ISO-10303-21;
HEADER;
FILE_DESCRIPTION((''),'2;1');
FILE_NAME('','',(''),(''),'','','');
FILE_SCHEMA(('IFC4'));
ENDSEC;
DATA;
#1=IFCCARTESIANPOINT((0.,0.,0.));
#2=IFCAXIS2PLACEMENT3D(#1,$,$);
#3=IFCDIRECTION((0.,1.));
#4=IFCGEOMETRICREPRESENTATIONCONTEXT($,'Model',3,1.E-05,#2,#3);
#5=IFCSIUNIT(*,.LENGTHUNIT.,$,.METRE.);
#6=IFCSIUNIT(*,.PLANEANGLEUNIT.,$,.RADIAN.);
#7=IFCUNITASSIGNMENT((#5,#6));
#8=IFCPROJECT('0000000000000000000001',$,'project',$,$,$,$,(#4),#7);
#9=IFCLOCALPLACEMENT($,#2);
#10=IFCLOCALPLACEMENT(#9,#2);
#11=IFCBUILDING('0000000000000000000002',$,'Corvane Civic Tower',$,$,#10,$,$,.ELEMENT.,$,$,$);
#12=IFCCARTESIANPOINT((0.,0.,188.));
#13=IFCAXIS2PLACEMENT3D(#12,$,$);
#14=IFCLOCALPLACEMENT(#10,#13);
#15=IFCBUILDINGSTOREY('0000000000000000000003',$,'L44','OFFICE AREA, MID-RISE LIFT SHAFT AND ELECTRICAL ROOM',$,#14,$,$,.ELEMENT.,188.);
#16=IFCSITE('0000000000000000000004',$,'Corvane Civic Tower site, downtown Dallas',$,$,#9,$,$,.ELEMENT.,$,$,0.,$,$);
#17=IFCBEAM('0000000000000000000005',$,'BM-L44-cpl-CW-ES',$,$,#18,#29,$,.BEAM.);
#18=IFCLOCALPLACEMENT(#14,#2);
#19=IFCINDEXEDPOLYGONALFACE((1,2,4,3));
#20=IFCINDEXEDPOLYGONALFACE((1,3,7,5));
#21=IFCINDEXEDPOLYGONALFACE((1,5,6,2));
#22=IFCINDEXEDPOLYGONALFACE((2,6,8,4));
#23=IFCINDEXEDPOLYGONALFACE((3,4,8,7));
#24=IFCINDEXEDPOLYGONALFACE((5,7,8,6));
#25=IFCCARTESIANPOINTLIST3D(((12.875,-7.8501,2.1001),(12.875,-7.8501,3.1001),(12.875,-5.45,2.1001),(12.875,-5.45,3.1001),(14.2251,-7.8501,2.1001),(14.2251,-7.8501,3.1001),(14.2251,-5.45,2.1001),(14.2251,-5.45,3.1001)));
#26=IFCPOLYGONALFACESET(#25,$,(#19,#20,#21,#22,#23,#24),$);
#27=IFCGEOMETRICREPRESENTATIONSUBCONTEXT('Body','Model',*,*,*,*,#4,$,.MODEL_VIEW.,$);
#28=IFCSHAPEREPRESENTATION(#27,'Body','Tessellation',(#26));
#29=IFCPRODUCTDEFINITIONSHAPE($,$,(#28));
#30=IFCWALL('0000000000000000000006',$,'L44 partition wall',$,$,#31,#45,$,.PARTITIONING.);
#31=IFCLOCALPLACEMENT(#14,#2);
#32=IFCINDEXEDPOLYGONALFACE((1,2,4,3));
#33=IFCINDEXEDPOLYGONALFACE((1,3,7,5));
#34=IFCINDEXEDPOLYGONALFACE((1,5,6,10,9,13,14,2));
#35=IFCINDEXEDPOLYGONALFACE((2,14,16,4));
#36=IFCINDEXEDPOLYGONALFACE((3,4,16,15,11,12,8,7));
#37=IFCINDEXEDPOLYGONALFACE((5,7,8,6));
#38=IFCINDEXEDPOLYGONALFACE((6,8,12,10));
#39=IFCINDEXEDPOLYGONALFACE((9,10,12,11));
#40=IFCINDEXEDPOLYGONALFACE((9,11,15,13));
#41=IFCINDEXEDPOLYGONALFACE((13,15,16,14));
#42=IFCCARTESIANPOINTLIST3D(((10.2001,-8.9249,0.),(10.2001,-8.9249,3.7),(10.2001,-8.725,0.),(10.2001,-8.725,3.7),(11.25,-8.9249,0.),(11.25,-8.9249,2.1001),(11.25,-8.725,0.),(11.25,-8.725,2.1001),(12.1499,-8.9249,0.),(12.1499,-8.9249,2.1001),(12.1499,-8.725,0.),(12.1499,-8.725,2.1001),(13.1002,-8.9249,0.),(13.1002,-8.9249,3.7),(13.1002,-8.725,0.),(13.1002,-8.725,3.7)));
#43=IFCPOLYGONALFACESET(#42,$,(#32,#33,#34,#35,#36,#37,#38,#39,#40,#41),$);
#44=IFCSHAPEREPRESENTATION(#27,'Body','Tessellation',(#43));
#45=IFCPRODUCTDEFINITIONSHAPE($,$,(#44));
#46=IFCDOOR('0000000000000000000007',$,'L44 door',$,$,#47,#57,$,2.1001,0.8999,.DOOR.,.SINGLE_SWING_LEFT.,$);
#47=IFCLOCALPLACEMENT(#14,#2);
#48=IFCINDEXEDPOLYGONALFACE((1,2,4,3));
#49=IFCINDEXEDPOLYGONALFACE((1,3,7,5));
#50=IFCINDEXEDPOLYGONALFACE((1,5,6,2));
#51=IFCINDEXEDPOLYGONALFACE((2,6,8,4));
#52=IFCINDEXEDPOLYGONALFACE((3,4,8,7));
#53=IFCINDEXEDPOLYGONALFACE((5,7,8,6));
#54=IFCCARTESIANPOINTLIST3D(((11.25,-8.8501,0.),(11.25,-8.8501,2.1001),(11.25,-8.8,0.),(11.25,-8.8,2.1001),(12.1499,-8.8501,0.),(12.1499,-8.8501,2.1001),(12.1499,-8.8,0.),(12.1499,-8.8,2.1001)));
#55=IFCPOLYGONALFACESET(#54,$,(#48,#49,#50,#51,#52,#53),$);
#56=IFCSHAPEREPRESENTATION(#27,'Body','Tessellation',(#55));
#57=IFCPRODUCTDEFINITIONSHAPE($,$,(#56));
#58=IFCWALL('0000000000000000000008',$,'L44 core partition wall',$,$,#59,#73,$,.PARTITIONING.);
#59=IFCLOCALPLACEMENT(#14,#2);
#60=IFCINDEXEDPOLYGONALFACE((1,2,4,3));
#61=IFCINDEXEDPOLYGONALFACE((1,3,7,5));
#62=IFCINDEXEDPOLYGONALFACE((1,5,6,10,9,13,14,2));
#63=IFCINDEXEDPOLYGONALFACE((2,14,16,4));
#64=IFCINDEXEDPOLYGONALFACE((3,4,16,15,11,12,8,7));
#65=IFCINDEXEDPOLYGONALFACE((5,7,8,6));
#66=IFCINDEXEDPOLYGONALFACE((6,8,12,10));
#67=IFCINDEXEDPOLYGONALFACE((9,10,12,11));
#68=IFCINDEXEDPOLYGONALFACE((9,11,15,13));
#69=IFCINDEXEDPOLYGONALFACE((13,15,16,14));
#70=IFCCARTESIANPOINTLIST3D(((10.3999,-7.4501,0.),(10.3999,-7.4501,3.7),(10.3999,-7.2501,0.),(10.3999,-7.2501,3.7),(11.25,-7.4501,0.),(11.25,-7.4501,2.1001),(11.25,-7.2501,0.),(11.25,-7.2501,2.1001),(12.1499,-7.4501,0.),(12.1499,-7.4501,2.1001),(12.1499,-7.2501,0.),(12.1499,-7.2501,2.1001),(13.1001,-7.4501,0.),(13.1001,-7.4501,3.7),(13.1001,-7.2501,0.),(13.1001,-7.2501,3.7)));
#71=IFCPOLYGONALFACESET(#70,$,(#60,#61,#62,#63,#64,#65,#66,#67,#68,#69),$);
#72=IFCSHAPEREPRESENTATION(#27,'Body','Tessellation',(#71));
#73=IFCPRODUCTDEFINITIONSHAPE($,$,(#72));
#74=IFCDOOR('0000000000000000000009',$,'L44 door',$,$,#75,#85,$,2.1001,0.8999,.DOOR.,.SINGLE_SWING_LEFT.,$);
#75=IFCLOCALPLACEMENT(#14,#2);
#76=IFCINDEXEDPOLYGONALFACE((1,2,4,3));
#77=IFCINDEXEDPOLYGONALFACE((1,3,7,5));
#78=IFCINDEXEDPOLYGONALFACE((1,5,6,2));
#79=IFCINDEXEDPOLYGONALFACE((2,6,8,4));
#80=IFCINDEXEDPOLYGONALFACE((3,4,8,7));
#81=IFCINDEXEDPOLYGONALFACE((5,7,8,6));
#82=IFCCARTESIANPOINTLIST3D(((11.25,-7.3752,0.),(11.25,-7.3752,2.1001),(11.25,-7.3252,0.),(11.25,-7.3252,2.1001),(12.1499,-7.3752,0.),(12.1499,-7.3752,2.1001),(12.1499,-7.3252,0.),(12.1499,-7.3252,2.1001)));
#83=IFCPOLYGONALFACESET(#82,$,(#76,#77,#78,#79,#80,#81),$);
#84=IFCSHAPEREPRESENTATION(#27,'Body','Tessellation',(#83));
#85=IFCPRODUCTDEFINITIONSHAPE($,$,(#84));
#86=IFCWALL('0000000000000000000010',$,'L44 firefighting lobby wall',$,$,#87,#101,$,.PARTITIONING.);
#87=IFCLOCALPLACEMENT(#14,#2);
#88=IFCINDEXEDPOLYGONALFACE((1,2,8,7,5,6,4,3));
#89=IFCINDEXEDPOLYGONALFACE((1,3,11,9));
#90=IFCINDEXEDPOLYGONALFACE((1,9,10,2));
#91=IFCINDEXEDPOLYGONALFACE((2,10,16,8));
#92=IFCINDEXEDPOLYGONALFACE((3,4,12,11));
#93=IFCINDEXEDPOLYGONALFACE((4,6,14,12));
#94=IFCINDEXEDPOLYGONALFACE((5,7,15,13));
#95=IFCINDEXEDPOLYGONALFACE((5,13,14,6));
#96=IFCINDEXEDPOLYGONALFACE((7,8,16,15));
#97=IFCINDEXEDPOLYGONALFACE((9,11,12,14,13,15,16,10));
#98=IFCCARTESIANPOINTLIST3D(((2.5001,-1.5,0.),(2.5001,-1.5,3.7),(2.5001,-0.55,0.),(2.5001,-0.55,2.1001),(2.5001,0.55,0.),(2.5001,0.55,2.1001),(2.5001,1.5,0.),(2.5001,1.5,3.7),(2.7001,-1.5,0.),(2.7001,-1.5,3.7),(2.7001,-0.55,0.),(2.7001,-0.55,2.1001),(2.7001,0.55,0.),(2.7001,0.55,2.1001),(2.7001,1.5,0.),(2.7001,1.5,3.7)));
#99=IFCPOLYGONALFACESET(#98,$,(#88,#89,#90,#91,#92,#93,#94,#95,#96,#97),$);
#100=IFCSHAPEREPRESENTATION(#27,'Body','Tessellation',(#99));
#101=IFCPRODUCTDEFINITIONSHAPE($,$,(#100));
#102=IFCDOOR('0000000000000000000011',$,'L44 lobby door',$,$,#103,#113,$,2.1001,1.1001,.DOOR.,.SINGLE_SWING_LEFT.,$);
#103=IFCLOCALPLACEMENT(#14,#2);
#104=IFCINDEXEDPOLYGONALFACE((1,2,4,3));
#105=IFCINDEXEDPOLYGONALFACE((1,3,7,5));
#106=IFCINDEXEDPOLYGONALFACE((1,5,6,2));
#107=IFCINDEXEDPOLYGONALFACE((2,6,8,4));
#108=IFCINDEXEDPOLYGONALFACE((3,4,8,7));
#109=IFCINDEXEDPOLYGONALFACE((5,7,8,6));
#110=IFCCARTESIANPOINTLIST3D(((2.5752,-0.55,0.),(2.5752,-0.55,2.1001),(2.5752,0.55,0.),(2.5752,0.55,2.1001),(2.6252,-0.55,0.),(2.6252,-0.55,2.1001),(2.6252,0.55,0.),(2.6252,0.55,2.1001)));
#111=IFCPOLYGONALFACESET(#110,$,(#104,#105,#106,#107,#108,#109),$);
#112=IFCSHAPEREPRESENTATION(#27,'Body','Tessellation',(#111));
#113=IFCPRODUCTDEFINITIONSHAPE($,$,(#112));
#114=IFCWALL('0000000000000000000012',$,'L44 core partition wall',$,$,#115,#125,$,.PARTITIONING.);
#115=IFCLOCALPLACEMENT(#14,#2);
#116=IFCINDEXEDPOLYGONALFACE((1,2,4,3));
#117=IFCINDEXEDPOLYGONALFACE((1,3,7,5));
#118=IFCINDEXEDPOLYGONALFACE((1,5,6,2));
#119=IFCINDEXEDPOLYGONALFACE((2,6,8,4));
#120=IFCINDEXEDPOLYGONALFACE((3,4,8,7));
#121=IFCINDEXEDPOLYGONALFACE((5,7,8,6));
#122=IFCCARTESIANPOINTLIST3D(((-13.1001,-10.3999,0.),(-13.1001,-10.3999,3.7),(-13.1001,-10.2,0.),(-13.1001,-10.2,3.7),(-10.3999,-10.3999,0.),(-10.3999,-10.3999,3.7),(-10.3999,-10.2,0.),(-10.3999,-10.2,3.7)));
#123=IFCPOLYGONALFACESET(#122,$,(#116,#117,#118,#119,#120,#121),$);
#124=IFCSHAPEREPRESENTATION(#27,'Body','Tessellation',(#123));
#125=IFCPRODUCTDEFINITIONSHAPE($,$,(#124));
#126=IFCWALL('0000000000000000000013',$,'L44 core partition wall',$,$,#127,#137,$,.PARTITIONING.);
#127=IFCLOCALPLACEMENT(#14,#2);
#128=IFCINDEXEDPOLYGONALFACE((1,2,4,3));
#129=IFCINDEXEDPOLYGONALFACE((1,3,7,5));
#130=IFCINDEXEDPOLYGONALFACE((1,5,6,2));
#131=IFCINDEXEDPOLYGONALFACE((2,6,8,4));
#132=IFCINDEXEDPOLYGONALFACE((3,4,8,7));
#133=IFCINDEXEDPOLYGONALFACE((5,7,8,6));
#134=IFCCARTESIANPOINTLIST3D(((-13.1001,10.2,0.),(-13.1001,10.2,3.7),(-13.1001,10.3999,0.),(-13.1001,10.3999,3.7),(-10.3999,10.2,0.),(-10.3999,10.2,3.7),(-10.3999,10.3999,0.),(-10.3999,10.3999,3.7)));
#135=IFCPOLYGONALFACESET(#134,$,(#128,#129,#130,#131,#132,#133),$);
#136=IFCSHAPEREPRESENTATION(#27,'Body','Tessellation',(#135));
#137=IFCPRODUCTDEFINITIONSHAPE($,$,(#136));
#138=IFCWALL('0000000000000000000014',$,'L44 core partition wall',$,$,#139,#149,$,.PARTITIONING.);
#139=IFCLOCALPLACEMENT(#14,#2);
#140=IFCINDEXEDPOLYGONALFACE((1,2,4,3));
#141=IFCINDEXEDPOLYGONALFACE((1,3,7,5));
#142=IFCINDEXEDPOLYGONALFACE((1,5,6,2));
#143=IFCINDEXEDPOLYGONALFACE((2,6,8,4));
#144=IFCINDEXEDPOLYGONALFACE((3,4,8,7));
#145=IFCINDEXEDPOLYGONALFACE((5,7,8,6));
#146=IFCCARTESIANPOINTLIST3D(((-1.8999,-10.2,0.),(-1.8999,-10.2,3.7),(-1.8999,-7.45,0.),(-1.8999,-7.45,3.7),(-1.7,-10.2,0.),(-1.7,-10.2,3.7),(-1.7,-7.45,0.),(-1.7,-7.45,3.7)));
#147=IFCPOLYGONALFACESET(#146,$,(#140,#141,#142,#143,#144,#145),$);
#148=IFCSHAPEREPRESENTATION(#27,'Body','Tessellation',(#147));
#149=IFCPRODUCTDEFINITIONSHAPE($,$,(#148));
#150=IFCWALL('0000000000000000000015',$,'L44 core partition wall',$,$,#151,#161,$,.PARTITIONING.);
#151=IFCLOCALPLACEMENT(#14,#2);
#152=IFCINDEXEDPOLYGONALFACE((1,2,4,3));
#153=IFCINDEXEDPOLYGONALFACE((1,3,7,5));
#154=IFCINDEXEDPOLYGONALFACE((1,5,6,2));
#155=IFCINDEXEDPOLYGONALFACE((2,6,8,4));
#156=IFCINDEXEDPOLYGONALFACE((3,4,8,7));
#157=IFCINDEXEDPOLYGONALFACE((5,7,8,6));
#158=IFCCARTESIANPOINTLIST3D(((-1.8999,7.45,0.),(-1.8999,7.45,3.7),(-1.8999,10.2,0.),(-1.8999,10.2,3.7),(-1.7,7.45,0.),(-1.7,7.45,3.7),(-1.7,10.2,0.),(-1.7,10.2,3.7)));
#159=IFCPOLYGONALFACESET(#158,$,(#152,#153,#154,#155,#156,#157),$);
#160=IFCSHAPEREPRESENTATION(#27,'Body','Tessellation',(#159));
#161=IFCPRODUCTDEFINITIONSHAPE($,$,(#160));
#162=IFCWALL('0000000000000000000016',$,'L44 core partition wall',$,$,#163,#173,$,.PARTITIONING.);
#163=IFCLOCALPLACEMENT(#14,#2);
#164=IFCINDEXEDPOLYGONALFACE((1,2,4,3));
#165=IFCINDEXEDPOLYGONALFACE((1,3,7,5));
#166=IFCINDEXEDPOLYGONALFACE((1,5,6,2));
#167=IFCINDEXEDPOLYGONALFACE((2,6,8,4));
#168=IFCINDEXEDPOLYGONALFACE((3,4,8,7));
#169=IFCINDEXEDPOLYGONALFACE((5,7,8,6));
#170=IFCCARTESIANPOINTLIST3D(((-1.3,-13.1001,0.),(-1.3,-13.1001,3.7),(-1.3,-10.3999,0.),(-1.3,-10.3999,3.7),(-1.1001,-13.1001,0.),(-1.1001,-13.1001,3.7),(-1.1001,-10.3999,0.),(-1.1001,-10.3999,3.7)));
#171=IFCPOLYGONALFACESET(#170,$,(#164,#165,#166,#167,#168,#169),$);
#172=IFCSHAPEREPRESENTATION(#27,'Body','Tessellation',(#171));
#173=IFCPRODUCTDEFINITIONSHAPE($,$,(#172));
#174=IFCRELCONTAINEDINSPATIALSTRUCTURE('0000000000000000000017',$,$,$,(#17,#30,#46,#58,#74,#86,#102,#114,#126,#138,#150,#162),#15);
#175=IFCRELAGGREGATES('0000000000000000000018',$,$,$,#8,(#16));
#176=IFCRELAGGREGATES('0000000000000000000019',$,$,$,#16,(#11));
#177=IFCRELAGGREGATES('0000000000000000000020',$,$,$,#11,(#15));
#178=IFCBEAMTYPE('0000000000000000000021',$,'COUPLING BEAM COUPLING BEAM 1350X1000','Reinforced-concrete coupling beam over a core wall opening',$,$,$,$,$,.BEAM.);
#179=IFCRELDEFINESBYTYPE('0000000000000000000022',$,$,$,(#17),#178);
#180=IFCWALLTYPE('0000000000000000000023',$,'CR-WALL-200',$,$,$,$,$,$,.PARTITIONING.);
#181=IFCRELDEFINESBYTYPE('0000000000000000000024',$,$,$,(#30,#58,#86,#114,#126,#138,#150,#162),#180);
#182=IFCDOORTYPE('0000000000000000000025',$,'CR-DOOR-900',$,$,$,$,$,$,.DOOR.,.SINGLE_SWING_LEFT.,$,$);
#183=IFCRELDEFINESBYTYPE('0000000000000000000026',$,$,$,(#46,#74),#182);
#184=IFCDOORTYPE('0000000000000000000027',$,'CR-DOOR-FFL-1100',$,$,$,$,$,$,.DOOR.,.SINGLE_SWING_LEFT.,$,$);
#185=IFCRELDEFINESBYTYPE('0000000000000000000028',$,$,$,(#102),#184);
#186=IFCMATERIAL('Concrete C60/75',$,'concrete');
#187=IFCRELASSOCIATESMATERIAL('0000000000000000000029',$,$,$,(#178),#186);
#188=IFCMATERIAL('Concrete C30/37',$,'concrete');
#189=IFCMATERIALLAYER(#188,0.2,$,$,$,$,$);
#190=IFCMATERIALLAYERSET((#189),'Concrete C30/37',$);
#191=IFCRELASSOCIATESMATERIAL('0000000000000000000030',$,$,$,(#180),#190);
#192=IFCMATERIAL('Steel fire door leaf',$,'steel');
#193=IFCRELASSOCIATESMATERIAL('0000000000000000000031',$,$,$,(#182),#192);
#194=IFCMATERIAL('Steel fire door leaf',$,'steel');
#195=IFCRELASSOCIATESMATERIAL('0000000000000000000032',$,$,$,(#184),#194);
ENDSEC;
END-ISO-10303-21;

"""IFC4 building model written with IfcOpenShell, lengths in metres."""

from ifc_helpers import new_model, si_unit, direction, frame, frame_2d, origin, origin_2d, place, context, subcontext, project, spatial, polyline, rectangle, outline, extrude, material, layer, layer_set, material_profile, profile_set, type_object, element, fill, save


model = new_model("IFC4")

# Units and contexts
model_context = context("Model", 3, precision=1e-05, world=origin(), true_north=direction((0.0, 1.0)))
body_context = subcontext(model_context, "Body", "Model", "MODEL_VIEW")
ifc_project = project(units=[si_unit("LENGTHUNIT", "METRE"), si_unit("PLANEANGLEUNIT", "RADIAN")], contexts=[model_context])

# Site, building, storey
site_placement = place(None, origin())
site = spatial("IfcSite", under=ifc_project, at=site_placement, Name="Corvane Civic Tower site, downtown Dallas", CompositionType="ELEMENT", RefElevation=0.0)
building_placement = place(site_placement, origin())
building = spatial("IfcBuilding", under=site, at=building_placement, Name="Corvane Civic Tower", CompositionType="ELEMENT")
storey_placement = place(building_placement, frame((0.0, 0.0, 188.0)))
storey = spatial("IfcBuildingStorey", under=building, at=storey_placement, Name="L44", Description="OFFICE AREA, MID-RISE LIFT SHAFT AND ELECTRICAL ROOM", CompositionType="ELEMENT", Elevation=188.0)

# Beam
ifc_material_1 = material(Name="Concrete C60/75", Category="concrete")
ifc_material_profile = material_profile(ifc_material_1, rectangle(XDim=1.3501, YDim=1.0, at=origin_2d()), Name="COUPLING BEAM 1350X1000")
ifc_profile_set = profile_set([ifc_material_profile], Name="Concrete C60/75")
beam_type = type_object("IfcBeamType", Name="COUPLING BEAM COUPLING BEAM 1350X1000", Description="Reinforced-concrete coupling beam over a core wall opening", PredefinedType="BEAM", material=ifc_profile_set)
beam_placement = place(storey_placement, frame((13.55, -7.8501, 2.6001), z_axis=(0.0, 1.0, 0.0), x_axis=(-1.0, 0.0, 0.0)))
element("IfcBeam", 1, at=beam_placement, inside=storey, type_object=beam_type, Name="BM-L44-cpl-CW-ES", PredefinedType="BEAM", context=body_context, shape_type="SweptSolid", body=[
    extrude(rectangle(XDim=1.3501, YDim=1.0, at=origin_2d()), origin(), (0.0, 0.0, 1.0), 2.4001),
])

# Walls, openings, doors
ifc_material_2 = material(Name="Concrete C30/37", Category="concrete")
ifc_layer_1 = layer(ifc_material_2, 0.2)
ifc_layer_set_1 = layer_set([ifc_layer_1], Name="Concrete C30/37")
wall_type_1 = type_object("IfcWallType", Name="CR-WALL-200", PredefinedType="PARTITIONING", material=ifc_layer_set_1)
wall_1_placement = place(storey_placement, frame((10.2, -8.825, 0.0), z_axis=(0.0, 0.0, 1.0), x_axis=(1.0, 0.0, 0.0)))
wall_1 = element("IfcWall", 2, at=wall_1_placement, inside=storey, type_object=wall_type_1, Name="L44 partition wall", PredefinedType="PARTITIONING", context=body_context, shape_type="SweptSolid", body=[
    extrude(rectangle(XDim=2.9001, YDim=0.2, at=frame_2d((1.4502, 0.0))), origin(), (0.0, 0.0, 1.0), 3.7),
])
opening_1_placement = place(wall_1_placement, frame((1.05, 0.0, 0.0)))
opening_1 = element("IfcOpeningElement", 3, at=opening_1_placement, cuts=wall_1, PredefinedType="OPENING", context=body_context, shape_type="SweptSolid", body=[
    extrude(rectangle(XDim=0.8999, YDim=2.1001, at=frame_2d((0.45, 1.05))), frame((0.0, 0.1099, 0.0), z_axis=(0.0, -1.0, 0.0), x_axis=(1.0, 0.0, 0.0)), (0.0, 0.0, 1.0), 0.22),
])
ifc_material_3 = material(Name="Steel fire door leaf", Category="steel")
door_type_1 = type_object("IfcDoorType", Name="CR-DOOR-900", OperationType="SINGLE_SWING_LEFT", PredefinedType="DOOR", material=ifc_material_3)
door_1_placement = place(opening_1_placement, origin())
door_1 = element("IfcDoor", 4, at=door_1_placement, inside=storey, type_object=door_type_1, Name="L44 door", OperationType="SINGLE_SWING_LEFT", OverallHeight=2.1001, OverallWidth=0.8999, PredefinedType="DOOR", context=body_context, shape_type="SweptSolid", body=[
    extrude(rectangle(XDim=0.8999, YDim=2.1001, at=frame_2d((0.45, 1.05))), frame((0.0, 0.0249, 0.0), z_axis=(0.0, -1.0, 0.0), x_axis=(1.0, 0.0, 0.0)), (0.0, 0.0, 1.0), 0.05),
])
fill(opening_1, door_1)
wall_2_placement = place(storey_placement, frame((10.3999, -7.3501, 0.0), z_axis=(0.0, 0.0, 1.0), x_axis=(1.0, 0.0, 0.0)))
wall_2 = element("IfcWall", 5, at=wall_2_placement, inside=storey, type_object=wall_type_1, Name="L44 core partition wall", PredefinedType="PARTITIONING", context=body_context, shape_type="SweptSolid", body=[
    extrude(rectangle(XDim=2.7002, YDim=0.2, at=frame_2d((1.3501, 0.0))), origin(), (0.0, 0.0, 1.0), 3.7),
])
opening_2_placement = place(wall_2_placement, frame((0.8501, 0.0, 0.0)))
opening_2 = element("IfcOpeningElement", 6, at=opening_2_placement, cuts=wall_2, PredefinedType="OPENING", context=body_context, shape_type="SweptSolid", body=[
    extrude(rectangle(XDim=0.8999, YDim=2.1001, at=frame_2d((0.45, 1.05))), frame((0.0, 0.1099, 0.0), z_axis=(0.0, -1.0, 0.0), x_axis=(1.0, 0.0, 0.0)), (0.0, 0.0, 1.0), 0.22),
])
door_2_placement = place(opening_2_placement, origin())
door_2 = element("IfcDoor", 7, at=door_2_placement, inside=storey, type_object=door_type_1, Name="L44 door", OperationType="SINGLE_SWING_LEFT", OverallHeight=2.1001, OverallWidth=0.8999, PredefinedType="DOOR", context=body_context, shape_type="SweptSolid", body=[
    extrude(rectangle(XDim=0.8999, YDim=2.1001, at=frame_2d((0.45, 1.05))), frame((0.0, 0.0249, 0.0), z_axis=(0.0, -1.0, 0.0), x_axis=(1.0, 0.0, 0.0)), (0.0, 0.0, 1.0), 0.05),
])
fill(opening_2, door_2)
wall_3_placement = place(storey_placement, frame((2.6001, -1.5, 0.0), z_axis=(0.0, 0.0, 1.0), x_axis=(0.0, 1.0, 0.0)))
wall_3 = element("IfcWall", 8, at=wall_3_placement, inside=storey, type_object=wall_type_1, Name="L44 firefighting lobby wall", PredefinedType="PARTITIONING", context=body_context, shape_type="SweptSolid", body=[
    extrude(rectangle(XDim=3.0, YDim=0.2, at=frame_2d((1.5, 0.0))), origin(), (0.0, 0.0, 1.0), 3.7),
])
opening_3_placement = place(wall_3_placement, frame((0.95, 0.0, 0.0)))
opening_3 = element("IfcOpeningElement", 9, at=opening_3_placement, cuts=wall_3, PredefinedType="OPENING", context=body_context, shape_type="SweptSolid", body=[
    extrude(rectangle(XDim=1.1001, YDim=2.1001, at=frame_2d((0.55, 1.05))), frame((0.0, 0.1099, 0.0), z_axis=(0.0, -1.0, 0.0), x_axis=(1.0, 0.0, 0.0)), (0.0, 0.0, 1.0), 0.22),
])
ifc_material_4 = material(Name="Steel fire door leaf", Category="steel")
door_type_2 = type_object("IfcDoorType", Name="CR-DOOR-FFL-1100", OperationType="SINGLE_SWING_LEFT", PredefinedType="DOOR", material=ifc_material_4)
door_3_placement = place(opening_3_placement, origin())
door_3 = element("IfcDoor", 10, at=door_3_placement, inside=storey, type_object=door_type_2, Name="L44 lobby door", OperationType="SINGLE_SWING_LEFT", OverallHeight=2.1001, OverallWidth=1.1001, PredefinedType="DOOR", context=body_context, shape_type="SweptSolid", body=[
    extrude(rectangle(XDim=1.1001, YDim=2.1001, at=frame_2d((0.55, 1.05))), frame((0.0, 0.0249, 0.0), z_axis=(0.0, -1.0, 0.0), x_axis=(1.0, 0.0, 0.0)), (0.0, 0.0, 1.0), 0.05),
])
fill(opening_3, door_3)

# Walls
wall_4_placement = place(storey_placement, origin())
element("IfcWall", 11, at=wall_4_placement, inside=storey, type_object=wall_type_1, Name="L44 core partition wall", PredefinedType="PARTITIONING", context=body_context, shape_type="SweptSolid", body=[
    extrude(outline(polyline([(-10.3999, -10.3999), (-13.1001, -10.3999), (-13.1001, -10.2), (-10.3999, -10.2), (-10.3999, -10.3999)])), origin(), (0.0, 0.0, 1.0), 3.7),
])
wall_5_placement = place(storey_placement, origin())
element("IfcWall", 12, at=wall_5_placement, inside=storey, type_object=wall_type_1, Name="L44 core partition wall", PredefinedType="PARTITIONING", context=body_context, shape_type="SweptSolid", body=[
    extrude(outline(polyline([(-13.1001, 10.2), (-13.1001, 10.3999), (-10.3999, 10.3999), (-10.3999, 10.2), (-13.1001, 10.2)])), origin(), (0.0, 0.0, 1.0), 3.7),
])
wall_6_placement = place(storey_placement, origin())
element("IfcWall", 13, at=wall_6_placement, inside=storey, type_object=wall_type_1, Name="L44 core partition wall", PredefinedType="PARTITIONING", context=body_context, shape_type="SweptSolid", body=[
    extrude(outline(polyline([(-1.7, -7.45), (-1.7, -10.2), (-1.8999, -10.2), (-1.8999, -7.45), (-1.7, -7.45)])), origin(), (0.0, 0.0, 1.0), 3.7),
])
wall_7_placement = place(storey_placement, origin())
element("IfcWall", 14, at=wall_7_placement, inside=storey, type_object=wall_type_1, Name="L44 core partition wall", PredefinedType="PARTITIONING", context=body_context, shape_type="SweptSolid", body=[
    extrude(outline(polyline([(-1.7, 7.45), (-1.8999, 7.45), (-1.8999, 10.2), (-1.7, 10.2), (-1.7, 7.45)])), origin(), (0.0, 0.0, 1.0), 3.7),
])
wall_8_placement = place(storey_placement, origin())
element("IfcWall", 15, at=wall_8_placement, inside=storey, type_object=wall_type_1, Name="L44 core partition wall", PredefinedType="PARTITIONING", context=body_context, shape_type="SweptSolid", body=[
    extrude(outline(polyline([(-1.1001, -13.1001), (-1.3, -13.1001), (-1.3, -10.3999), (-1.1001, -10.3999), (-1.1001, -13.1001)])), origin(), (0.0, 0.0, 1.0), 3.7),
])

save(model, "model.ifc")
